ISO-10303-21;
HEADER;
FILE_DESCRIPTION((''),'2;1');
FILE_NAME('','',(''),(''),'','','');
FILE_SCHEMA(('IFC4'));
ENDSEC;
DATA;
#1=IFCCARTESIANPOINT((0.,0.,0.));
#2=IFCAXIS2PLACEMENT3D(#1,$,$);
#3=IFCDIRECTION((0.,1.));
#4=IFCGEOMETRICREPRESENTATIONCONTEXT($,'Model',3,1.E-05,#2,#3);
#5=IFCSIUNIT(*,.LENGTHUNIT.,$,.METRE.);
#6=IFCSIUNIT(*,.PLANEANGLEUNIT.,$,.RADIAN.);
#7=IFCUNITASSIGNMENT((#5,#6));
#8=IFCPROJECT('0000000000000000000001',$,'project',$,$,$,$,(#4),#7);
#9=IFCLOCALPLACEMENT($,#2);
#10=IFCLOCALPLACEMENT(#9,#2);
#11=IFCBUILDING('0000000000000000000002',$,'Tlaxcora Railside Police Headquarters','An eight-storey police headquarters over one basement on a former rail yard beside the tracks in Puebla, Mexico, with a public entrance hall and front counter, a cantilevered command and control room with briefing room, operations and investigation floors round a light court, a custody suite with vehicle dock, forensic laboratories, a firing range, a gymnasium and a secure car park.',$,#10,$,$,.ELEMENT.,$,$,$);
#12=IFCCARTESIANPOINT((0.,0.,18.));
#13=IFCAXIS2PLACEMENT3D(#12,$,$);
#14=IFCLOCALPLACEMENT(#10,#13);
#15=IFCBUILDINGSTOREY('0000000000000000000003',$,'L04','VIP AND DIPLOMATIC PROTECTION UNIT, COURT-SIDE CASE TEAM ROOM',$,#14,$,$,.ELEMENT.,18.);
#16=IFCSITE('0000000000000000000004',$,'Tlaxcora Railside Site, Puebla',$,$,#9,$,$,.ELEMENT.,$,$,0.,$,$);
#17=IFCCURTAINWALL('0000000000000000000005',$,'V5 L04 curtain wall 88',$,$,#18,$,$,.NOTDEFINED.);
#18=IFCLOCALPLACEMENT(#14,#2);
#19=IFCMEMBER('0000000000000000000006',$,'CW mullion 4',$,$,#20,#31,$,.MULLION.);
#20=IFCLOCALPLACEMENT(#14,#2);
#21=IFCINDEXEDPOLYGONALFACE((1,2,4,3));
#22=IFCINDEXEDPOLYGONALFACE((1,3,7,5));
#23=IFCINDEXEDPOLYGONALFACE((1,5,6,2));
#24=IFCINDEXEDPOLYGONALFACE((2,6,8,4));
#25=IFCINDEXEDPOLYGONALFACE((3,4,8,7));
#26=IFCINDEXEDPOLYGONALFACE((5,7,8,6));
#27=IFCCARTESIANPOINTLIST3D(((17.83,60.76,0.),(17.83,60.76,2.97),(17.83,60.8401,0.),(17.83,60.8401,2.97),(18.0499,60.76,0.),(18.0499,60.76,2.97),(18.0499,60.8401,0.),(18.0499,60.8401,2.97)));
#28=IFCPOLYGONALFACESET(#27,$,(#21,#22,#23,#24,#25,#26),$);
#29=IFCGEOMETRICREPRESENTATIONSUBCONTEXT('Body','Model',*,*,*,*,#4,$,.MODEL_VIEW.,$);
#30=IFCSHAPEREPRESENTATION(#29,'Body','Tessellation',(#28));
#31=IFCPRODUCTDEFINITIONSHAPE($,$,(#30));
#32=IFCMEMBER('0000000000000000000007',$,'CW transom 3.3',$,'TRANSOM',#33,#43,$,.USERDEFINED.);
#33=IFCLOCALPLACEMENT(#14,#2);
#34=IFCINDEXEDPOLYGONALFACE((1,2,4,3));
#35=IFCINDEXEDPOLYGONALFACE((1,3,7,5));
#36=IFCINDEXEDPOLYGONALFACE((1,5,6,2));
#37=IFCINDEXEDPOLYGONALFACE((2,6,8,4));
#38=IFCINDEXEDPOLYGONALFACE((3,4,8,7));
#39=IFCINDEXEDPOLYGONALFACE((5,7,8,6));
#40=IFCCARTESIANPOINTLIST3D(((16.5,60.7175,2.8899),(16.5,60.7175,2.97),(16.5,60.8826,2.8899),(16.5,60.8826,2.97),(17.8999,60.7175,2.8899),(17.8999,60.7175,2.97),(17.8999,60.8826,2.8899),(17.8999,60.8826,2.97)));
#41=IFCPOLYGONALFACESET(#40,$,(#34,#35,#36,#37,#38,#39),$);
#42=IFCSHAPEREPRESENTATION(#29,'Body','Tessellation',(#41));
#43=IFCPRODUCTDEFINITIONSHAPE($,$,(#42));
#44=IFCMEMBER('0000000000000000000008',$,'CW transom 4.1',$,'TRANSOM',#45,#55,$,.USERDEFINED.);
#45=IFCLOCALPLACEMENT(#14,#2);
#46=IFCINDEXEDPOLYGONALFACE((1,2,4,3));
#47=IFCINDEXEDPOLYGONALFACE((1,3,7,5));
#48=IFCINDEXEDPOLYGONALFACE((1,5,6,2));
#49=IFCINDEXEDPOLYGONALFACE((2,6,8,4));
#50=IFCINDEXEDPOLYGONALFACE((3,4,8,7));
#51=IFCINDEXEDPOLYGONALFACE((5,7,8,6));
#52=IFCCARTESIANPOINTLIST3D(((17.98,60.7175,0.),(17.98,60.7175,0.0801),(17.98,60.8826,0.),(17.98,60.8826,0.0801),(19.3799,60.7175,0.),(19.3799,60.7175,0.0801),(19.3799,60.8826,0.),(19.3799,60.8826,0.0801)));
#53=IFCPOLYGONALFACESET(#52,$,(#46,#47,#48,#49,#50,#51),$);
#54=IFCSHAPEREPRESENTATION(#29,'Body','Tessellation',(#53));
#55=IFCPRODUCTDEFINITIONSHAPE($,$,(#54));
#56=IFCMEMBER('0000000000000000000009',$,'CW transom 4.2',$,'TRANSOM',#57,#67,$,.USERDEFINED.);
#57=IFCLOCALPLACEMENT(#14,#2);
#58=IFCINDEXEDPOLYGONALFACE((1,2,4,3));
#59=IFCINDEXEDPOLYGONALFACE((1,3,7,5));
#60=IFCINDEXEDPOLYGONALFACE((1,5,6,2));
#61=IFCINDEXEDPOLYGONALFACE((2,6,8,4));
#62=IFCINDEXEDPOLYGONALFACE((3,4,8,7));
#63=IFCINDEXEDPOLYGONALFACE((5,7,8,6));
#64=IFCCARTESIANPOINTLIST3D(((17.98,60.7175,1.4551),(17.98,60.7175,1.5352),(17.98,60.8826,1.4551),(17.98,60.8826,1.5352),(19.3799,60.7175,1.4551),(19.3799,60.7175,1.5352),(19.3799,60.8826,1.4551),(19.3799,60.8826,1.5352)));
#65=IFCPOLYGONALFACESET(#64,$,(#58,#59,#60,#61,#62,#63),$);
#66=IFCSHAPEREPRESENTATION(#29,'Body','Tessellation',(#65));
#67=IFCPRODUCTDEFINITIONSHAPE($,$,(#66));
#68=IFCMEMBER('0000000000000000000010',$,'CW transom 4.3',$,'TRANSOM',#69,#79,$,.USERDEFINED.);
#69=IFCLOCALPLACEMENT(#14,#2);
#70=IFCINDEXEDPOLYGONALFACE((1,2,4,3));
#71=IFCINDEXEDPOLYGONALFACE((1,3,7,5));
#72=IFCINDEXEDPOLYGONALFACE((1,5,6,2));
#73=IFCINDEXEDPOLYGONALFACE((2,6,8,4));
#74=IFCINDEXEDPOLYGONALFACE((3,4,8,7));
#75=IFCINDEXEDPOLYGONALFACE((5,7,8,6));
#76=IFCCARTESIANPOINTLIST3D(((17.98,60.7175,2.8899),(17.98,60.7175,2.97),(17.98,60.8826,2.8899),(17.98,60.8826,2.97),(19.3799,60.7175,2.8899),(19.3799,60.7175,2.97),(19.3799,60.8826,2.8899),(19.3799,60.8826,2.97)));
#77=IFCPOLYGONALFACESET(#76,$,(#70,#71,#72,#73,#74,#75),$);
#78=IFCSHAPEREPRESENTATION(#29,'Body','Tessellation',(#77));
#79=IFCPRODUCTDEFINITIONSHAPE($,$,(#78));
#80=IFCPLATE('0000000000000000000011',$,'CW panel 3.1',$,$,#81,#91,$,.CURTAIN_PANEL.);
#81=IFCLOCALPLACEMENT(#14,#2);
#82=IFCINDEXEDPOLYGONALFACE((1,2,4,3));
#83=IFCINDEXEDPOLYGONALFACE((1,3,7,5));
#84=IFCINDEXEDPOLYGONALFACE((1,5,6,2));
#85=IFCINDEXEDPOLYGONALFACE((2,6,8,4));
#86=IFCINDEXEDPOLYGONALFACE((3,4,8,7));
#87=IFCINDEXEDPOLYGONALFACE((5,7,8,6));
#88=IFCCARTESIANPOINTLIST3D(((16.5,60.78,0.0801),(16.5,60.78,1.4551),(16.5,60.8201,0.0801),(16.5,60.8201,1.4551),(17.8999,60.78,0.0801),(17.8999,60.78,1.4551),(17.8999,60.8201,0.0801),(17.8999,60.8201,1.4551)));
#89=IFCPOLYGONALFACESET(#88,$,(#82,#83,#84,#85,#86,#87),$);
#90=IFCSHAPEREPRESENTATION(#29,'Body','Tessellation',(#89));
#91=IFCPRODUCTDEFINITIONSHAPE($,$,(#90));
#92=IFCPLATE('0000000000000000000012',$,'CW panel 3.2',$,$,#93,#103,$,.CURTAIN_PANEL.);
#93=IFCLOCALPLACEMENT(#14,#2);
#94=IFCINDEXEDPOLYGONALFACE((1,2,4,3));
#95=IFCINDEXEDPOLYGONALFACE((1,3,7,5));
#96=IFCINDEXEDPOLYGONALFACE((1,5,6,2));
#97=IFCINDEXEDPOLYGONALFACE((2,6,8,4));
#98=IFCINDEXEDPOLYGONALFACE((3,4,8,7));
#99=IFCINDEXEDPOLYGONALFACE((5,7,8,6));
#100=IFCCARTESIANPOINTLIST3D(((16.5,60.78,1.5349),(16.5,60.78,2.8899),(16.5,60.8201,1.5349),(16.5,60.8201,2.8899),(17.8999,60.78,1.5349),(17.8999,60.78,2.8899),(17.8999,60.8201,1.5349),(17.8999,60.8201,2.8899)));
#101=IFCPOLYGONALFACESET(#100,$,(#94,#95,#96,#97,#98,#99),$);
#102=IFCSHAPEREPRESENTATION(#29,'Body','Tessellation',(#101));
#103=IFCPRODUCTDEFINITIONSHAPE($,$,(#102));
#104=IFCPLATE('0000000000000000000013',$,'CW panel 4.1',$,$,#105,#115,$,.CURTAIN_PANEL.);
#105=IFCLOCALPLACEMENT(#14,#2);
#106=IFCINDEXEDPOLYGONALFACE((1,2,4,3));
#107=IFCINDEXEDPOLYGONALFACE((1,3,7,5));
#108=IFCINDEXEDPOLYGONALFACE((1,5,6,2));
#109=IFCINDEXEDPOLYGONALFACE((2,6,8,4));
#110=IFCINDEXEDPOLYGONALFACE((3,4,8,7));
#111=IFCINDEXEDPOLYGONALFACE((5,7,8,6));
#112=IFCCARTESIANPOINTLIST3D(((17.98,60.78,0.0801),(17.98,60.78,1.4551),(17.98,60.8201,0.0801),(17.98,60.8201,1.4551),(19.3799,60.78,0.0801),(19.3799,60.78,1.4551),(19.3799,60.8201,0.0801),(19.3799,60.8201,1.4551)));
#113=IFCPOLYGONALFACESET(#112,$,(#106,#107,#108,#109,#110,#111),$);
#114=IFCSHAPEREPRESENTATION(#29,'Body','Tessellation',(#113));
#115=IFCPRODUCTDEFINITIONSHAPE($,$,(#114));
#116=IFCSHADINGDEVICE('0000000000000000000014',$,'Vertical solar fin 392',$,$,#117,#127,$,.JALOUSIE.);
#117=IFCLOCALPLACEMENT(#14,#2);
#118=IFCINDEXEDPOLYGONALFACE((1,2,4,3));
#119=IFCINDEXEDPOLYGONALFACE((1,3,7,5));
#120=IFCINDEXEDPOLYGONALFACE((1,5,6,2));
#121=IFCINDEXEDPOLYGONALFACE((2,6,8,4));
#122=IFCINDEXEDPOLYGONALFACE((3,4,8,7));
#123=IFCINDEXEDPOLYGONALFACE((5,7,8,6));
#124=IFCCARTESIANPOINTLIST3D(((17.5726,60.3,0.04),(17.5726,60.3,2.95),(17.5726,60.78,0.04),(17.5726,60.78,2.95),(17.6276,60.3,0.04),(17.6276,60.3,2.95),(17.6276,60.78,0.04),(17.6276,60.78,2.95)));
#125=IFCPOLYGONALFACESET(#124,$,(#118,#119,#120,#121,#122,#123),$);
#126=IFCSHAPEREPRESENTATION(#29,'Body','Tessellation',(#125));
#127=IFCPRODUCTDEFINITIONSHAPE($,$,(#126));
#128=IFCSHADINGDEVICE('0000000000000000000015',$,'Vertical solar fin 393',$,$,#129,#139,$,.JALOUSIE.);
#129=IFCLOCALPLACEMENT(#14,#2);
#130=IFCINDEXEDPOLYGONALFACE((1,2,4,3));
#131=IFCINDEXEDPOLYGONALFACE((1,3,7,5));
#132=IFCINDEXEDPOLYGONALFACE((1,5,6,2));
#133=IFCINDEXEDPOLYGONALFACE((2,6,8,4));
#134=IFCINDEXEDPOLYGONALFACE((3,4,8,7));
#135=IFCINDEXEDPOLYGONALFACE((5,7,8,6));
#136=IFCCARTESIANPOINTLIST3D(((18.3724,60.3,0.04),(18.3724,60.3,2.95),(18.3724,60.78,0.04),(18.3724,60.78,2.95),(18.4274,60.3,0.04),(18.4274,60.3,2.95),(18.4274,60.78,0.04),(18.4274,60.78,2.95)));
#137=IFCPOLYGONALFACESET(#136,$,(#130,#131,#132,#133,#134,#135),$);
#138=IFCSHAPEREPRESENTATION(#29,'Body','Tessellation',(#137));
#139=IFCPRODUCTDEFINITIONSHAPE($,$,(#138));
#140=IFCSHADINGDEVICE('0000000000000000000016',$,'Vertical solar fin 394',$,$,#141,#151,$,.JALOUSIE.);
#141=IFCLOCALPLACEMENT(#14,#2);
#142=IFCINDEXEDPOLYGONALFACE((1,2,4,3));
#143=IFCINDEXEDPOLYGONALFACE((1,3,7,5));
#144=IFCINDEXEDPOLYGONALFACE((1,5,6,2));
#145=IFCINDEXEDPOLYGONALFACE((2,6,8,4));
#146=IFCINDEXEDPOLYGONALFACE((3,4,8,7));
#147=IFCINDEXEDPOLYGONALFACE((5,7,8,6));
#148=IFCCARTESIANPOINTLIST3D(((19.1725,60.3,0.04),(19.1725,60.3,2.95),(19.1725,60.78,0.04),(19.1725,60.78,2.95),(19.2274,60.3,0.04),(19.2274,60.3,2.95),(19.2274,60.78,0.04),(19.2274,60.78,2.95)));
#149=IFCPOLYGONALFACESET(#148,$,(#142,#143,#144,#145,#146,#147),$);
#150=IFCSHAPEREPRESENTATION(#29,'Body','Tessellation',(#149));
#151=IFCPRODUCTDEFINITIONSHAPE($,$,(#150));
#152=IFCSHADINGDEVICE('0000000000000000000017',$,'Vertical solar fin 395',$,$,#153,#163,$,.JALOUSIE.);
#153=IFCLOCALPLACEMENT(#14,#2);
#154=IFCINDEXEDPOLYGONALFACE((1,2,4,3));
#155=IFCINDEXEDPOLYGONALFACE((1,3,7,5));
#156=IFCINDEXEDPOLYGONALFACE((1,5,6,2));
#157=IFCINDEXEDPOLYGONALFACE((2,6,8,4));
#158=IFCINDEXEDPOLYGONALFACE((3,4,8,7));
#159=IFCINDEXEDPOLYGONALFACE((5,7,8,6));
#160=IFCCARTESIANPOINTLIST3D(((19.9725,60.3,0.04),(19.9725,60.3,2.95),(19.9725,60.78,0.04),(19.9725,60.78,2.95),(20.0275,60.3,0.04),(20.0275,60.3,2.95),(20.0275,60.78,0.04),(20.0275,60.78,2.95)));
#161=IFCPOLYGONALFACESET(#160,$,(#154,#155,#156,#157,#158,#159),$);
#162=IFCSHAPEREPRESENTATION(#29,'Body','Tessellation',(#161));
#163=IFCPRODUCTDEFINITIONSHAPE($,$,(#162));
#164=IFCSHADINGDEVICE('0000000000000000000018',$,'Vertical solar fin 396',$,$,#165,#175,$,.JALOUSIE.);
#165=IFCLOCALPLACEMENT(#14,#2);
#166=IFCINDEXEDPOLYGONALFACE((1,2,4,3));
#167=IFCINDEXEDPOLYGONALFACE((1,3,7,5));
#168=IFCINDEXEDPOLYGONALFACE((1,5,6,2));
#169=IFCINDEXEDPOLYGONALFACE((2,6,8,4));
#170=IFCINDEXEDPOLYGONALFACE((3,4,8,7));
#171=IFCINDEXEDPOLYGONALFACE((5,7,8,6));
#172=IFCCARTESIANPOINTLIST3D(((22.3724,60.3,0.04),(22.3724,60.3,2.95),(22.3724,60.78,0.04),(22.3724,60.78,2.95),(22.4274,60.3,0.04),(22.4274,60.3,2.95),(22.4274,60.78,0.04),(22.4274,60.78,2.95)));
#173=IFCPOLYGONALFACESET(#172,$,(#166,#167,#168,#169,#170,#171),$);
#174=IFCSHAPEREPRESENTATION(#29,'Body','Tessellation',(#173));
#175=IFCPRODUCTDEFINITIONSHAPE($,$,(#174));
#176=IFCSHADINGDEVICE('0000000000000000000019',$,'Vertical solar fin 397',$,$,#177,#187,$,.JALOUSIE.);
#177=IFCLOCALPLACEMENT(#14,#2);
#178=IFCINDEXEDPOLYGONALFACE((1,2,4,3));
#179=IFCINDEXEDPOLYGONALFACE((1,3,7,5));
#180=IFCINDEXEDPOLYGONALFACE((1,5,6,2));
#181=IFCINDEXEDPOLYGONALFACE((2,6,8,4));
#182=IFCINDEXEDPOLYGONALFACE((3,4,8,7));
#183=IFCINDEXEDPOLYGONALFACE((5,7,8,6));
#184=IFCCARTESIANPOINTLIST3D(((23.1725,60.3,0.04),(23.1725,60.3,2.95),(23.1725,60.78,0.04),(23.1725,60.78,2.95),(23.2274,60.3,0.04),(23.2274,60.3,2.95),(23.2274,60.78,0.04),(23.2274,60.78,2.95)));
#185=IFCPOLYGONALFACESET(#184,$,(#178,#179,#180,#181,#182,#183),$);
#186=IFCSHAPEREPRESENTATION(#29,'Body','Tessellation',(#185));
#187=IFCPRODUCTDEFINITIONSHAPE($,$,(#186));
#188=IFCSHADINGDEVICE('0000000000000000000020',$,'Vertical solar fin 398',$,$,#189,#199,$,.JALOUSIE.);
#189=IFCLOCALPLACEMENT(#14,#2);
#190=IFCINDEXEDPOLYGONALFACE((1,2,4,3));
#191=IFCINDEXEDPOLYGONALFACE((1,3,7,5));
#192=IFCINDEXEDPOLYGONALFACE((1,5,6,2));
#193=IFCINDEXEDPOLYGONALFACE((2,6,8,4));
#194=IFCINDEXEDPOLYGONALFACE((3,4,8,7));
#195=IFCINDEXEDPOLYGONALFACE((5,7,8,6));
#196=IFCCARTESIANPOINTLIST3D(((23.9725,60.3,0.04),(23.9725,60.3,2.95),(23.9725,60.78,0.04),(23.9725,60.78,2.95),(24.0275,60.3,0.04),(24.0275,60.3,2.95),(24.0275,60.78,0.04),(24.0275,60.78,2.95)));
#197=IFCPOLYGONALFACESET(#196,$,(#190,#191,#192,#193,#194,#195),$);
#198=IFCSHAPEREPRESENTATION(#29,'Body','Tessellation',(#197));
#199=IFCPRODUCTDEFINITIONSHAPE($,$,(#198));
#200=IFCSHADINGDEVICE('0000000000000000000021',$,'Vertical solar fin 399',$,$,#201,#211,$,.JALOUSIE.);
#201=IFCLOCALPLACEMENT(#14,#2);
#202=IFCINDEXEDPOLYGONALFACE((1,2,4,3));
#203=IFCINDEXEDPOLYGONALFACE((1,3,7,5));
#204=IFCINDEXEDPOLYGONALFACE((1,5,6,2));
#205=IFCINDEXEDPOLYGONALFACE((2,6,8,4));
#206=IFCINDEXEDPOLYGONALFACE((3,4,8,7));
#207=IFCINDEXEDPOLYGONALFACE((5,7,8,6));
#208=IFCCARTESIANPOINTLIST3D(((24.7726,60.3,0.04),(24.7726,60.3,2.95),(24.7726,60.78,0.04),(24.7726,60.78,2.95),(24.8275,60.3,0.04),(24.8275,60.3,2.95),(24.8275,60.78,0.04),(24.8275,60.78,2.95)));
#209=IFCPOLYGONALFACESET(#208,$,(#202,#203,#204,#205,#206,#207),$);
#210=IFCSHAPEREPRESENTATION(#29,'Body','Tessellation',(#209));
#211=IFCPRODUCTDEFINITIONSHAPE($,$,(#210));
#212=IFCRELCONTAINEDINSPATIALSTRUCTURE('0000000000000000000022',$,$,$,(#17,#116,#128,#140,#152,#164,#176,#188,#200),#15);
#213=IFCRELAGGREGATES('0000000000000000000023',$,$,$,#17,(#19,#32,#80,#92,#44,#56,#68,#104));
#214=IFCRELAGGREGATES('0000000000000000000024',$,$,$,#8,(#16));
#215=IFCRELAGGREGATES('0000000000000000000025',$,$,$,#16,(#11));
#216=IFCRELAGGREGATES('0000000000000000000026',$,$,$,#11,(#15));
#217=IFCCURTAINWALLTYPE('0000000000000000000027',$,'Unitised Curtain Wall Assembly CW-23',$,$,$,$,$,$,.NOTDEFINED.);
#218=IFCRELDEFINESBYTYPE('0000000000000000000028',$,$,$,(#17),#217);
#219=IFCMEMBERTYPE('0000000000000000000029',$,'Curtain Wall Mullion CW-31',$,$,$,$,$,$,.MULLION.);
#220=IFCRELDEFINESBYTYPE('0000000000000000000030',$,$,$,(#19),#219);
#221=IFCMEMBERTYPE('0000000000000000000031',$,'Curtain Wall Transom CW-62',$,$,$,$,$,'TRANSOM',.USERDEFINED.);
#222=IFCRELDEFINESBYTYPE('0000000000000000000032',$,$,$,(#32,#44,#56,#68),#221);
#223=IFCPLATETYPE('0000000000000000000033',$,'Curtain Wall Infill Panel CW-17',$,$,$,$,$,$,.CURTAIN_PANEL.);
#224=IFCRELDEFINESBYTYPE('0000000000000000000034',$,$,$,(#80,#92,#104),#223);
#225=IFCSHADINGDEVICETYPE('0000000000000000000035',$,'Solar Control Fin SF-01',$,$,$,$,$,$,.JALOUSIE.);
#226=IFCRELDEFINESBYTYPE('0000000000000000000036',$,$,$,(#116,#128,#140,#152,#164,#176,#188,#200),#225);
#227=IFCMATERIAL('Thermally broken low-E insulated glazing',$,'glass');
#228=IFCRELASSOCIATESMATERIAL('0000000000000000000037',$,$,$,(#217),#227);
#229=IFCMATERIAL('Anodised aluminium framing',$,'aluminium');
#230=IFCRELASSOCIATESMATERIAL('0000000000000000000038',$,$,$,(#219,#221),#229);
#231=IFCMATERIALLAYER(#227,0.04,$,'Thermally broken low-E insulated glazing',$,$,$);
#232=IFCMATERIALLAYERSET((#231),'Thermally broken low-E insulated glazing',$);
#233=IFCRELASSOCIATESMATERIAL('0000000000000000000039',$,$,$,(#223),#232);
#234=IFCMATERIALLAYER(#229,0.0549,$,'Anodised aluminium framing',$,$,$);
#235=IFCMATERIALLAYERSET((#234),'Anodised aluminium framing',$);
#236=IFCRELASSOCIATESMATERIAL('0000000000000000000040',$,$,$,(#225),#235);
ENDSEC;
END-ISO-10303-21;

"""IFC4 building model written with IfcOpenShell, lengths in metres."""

from ifc_helpers import new_model, si_unit, direction, frame, origin, origin_2d, place, context, subcontext, project, spatial, rectangle, extrude, material, layer, layer_set, material_profile, profile_set, type_object, element, aggregate, save


model = new_model("IFC4")

# Units and contexts
model_context = context("Model", 3, precision=1e-05, world=origin(), true_north=direction((0.0, 1.0)))
body_context = subcontext(model_context, "Body", "Model", "MODEL_VIEW")
ifc_project = project(units=[si_unit("LENGTHUNIT", "METRE"), si_unit("PLANEANGLEUNIT", "RADIAN")], contexts=[model_context])

# Site, building, storey
site_placement = place(None, origin())
site = spatial("IfcSite", under=ifc_project, at=site_placement, Name="Tlaxcora Railside Site, Puebla", CompositionType="ELEMENT", RefElevation=0.0)
building_placement = place(site_placement, origin())
building = spatial("IfcBuilding", under=site, at=building_placement, Name="Tlaxcora Railside Police Headquarters", Description="An eight-storey police headquarters over one basement on a former rail yard beside the tracks in Puebla, Mexico, with a public entrance hall and front counter, a cantilevered command and control room with briefing room, operations and investigation floors round a light court, a custody suite with vehicle dock, forensic laboratories, a firing range, a gymnasium and a secure car park.", CompositionType="ELEMENT")
storey_placement = place(building_placement, frame((0.0, 0.0, 18.0)))
storey = spatial("IfcBuildingStorey", under=building, at=storey_placement, Name="L04", Description="VIP AND DIPLOMATIC PROTECTION UNIT, COURT-SIDE CASE TEAM ROOM", CompositionType="ELEMENT", Elevation=18.0)

# Curtain wall, members, plates
ifc_material_1 = material(Name="Thermally broken low-E insulated glazing", Category="glass")
curtain_wall_type = type_object("IfcCurtainWallType", Name="Unitised Curtain Wall Assembly CW-23", PredefinedType="NOTDEFINED", material=ifc_material_1)
curtain_wall_placement = place(storey_placement, origin())
curtain_wall = element("IfcCurtainWall", 1, at=curtain_wall_placement, inside=storey, type_object=curtain_wall_type, Name="V5 L04 curtain wall 88", PredefinedType="NOTDEFINED")
ifc_material_2 = material(Name="Anodised aluminium framing", Category="aluminium")
ifc_material_profile_1 = material_profile(ifc_material_2, rectangle(XDim=0.0801, YDim=0.22, at=origin_2d()), Name="AL80X220")
ifc_profile_set_1 = profile_set([ifc_material_profile_1], Name="Anodised aluminium framing")
member_type_1 = type_object("IfcMemberType", Name="Curtain Wall Mullion CW-31", PredefinedType="MULLION", material=ifc_profile_set_1)
member_1_placement = place(storey_placement, frame((17.9399, 60.8, 0.0), z_axis=(0.0, 0.0, 1.0), x_axis=(0.0, 1.0, 0.0)))
member_1 = element("IfcMember", 2, at=member_1_placement, type_object=member_type_1, Name="CW mullion 4", PredefinedType="MULLION", context=body_context, shape_type="SweptSolid", body=[
    extrude(rectangle(XDim=0.0801, YDim=0.22, at=origin_2d()), origin(), (0.0, 0.0, 1.0), 2.97),
])
ifc_material_profile_2 = material_profile(ifc_material_2, rectangle(XDim=0.165, YDim=0.0801, at=origin_2d()), Name="AL80X165")
ifc_profile_set_2 = profile_set([ifc_material_profile_2], Name="Anodised aluminium framing")
member_type_2 = type_object("IfcMemberType", Name="Curtain Wall Transom CW-62", ElementType="TRANSOM", PredefinedType="USERDEFINED", material=ifc_profile_set_2)
member_2_placement = place(storey_placement, frame((16.5, 60.8, 2.9299), z_axis=(1.0, 0.0, 0.0), x_axis=(0.0, 1.0, 0.0)))
member_2 = element("IfcMember", 3, at=member_2_placement, type_object=member_type_2, Name="CW transom 3.3", ObjectType="TRANSOM", PredefinedType="USERDEFINED", context=body_context, shape_type="SweptSolid", body=[
    extrude(rectangle(XDim=0.165, YDim=0.0801, at=origin_2d()), origin(), (0.0, 0.0, 1.0), 1.3999),
])
member_3_placement = place(storey_placement, frame((17.98, 60.8, 0.04), z_axis=(1.0, 0.0, 0.0), x_axis=(0.0, 1.0, 0.0)))
member_3 = element("IfcMember", 4, at=member_3_placement, type_object=member_type_2, Name="CW transom 4.1", ObjectType="TRANSOM", PredefinedType="USERDEFINED", context=body_context, shape_type="SweptSolid", body=[
    extrude(rectangle(XDim=0.165, YDim=0.0801, at=origin_2d()), origin(), (0.0, 0.0, 1.0), 1.3999),
])
member_4_placement = place(storey_placement, frame((17.98, 60.8, 1.4951), z_axis=(1.0, 0.0, 0.0), x_axis=(0.0, 1.0, 0.0)))
member_4 = element("IfcMember", 5, at=member_4_placement, type_object=member_type_2, Name="CW transom 4.2", ObjectType="TRANSOM", PredefinedType="USERDEFINED", context=body_context, shape_type="SweptSolid", body=[
    extrude(rectangle(XDim=0.165, YDim=0.0801, at=origin_2d()), origin(), (0.0, 0.0, 1.0), 1.3999),
])
member_5_placement = place(storey_placement, frame((17.98, 60.8, 2.9299), z_axis=(1.0, 0.0, 0.0), x_axis=(0.0, 1.0, 0.0)))
member_5 = element("IfcMember", 6, at=member_5_placement, type_object=member_type_2, Name="CW transom 4.3", ObjectType="TRANSOM", PredefinedType="USERDEFINED", context=body_context, shape_type="SweptSolid", body=[
    extrude(rectangle(XDim=0.165, YDim=0.0801, at=origin_2d()), origin(), (0.0, 0.0, 1.0), 1.3999),
])
ifc_layer_1 = layer(ifc_material_1, 0.04, Name="Thermally broken low-E insulated glazing")
ifc_layer_set_1 = layer_set([ifc_layer_1], Name="Thermally broken low-E insulated glazing")
plate_type = type_object("IfcPlateType", Name="Curtain Wall Infill Panel CW-17", PredefinedType="CURTAIN_PANEL", material=ifc_layer_set_1)
plate_1_placement = place(storey_placement, frame((17.2, 60.8, 0.0801), z_axis=(0.0, 0.0, 1.0), x_axis=(1.0, 0.0, 0.0)))
plate_1 = element("IfcPlate", 7, at=plate_1_placement, type_object=plate_type, Name="CW panel 3.1", PredefinedType="CURTAIN_PANEL", context=body_context, shape_type="SweptSolid", body=[
    extrude(rectangle(XDim=1.3999, YDim=0.04, at=origin_2d()), origin(), (0.0, 0.0, 1.0), 1.375),
])
plate_2_placement = place(storey_placement, frame((17.2, 60.8, 1.5349), z_axis=(0.0, 0.0, 1.0), x_axis=(1.0, 0.0, 0.0)))
plate_2 = element("IfcPlate", 8, at=plate_2_placement, type_object=plate_type, Name="CW panel 3.2", PredefinedType="CURTAIN_PANEL", context=body_context, shape_type="SweptSolid", body=[
    extrude(rectangle(XDim=1.3999, YDim=0.04, at=origin_2d()), origin(), (0.0, 0.0, 1.0), 1.355),
])
plate_3_placement = place(storey_placement, frame((18.6799, 60.8, 0.0801), z_axis=(0.0, 0.0, 1.0), x_axis=(1.0, 0.0, 0.0)))
plate_3 = element("IfcPlate", 9, at=plate_3_placement, type_object=plate_type, Name="CW panel 4.1", PredefinedType="CURTAIN_PANEL", context=body_context, shape_type="SweptSolid", body=[
    extrude(rectangle(XDim=1.3999, YDim=0.04, at=origin_2d()), origin(), (0.0, 0.0, 1.0), 1.375),
])
aggregate(curtain_wall, [member_1, member_2, plate_1, plate_2, member_3, member_4, member_5, plate_3])

# Shading devices
ifc_layer_2 = layer(ifc_material_2, 0.0549, Name="Anodised aluminium framing")
ifc_layer_set_2 = layer_set([ifc_layer_2], Name="Anodised aluminium framing")
shading_device_type = type_object("IfcShadingDeviceType", Name="Solar Control Fin SF-01", PredefinedType="JALOUSIE", material=ifc_layer_set_2)
for number, where, z_axis, x_axis, name in (
    (10, (17.6001, 60.54, 0.04), (0.0, 0.0, 1.0), (0.0, -1.0, 0.0), "Vertical solar fin 392"),
    (11, (18.3999, 60.54, 0.04), (0.0, 0.0, 1.0), (0.0, -1.0, 0.0), "Vertical solar fin 393"),
    (12, (19.2, 60.54, 0.04), (0.0, 0.0, 1.0), (0.0, -1.0, 0.0), "Vertical solar fin 394"),
    (13, (20.0, 60.54, 0.04), (0.0, 0.0, 1.0), (0.0, -1.0, 0.0), "Vertical solar fin 395"),
    (14, (22.3999, 60.54, 0.04), (0.0, 0.0, 1.0), (0.0, -1.0, 0.0), "Vertical solar fin 396"),
    (15, (23.2, 60.54, 0.04), (0.0, 0.0, 1.0), (0.0, -1.0, 0.0), "Vertical solar fin 397"),
    (16, (24.0, 60.54, 0.04), (0.0, 0.0, 1.0), (0.0, -1.0, 0.0), "Vertical solar fin 398"),
    (17, (24.8, 60.54, 0.04), (0.0, 0.0, 1.0), (0.0, -1.0, 0.0), "Vertical solar fin 399"),
):
    element("IfcShadingDevice", number, at=place(storey_placement, frame(where, z_axis=z_axis, x_axis=x_axis)), inside=storey, type_object=shading_device_type, Name=name, PredefinedType="JALOUSIE", context=body_context, shape_type="SweptSolid", body=[
        extrude(rectangle(XDim=0.48, YDim=0.0549, at=origin_2d()), origin(), (0.0, 0.0, 1.0), 2.9099),
    ])

save(model, "model.ifc")
